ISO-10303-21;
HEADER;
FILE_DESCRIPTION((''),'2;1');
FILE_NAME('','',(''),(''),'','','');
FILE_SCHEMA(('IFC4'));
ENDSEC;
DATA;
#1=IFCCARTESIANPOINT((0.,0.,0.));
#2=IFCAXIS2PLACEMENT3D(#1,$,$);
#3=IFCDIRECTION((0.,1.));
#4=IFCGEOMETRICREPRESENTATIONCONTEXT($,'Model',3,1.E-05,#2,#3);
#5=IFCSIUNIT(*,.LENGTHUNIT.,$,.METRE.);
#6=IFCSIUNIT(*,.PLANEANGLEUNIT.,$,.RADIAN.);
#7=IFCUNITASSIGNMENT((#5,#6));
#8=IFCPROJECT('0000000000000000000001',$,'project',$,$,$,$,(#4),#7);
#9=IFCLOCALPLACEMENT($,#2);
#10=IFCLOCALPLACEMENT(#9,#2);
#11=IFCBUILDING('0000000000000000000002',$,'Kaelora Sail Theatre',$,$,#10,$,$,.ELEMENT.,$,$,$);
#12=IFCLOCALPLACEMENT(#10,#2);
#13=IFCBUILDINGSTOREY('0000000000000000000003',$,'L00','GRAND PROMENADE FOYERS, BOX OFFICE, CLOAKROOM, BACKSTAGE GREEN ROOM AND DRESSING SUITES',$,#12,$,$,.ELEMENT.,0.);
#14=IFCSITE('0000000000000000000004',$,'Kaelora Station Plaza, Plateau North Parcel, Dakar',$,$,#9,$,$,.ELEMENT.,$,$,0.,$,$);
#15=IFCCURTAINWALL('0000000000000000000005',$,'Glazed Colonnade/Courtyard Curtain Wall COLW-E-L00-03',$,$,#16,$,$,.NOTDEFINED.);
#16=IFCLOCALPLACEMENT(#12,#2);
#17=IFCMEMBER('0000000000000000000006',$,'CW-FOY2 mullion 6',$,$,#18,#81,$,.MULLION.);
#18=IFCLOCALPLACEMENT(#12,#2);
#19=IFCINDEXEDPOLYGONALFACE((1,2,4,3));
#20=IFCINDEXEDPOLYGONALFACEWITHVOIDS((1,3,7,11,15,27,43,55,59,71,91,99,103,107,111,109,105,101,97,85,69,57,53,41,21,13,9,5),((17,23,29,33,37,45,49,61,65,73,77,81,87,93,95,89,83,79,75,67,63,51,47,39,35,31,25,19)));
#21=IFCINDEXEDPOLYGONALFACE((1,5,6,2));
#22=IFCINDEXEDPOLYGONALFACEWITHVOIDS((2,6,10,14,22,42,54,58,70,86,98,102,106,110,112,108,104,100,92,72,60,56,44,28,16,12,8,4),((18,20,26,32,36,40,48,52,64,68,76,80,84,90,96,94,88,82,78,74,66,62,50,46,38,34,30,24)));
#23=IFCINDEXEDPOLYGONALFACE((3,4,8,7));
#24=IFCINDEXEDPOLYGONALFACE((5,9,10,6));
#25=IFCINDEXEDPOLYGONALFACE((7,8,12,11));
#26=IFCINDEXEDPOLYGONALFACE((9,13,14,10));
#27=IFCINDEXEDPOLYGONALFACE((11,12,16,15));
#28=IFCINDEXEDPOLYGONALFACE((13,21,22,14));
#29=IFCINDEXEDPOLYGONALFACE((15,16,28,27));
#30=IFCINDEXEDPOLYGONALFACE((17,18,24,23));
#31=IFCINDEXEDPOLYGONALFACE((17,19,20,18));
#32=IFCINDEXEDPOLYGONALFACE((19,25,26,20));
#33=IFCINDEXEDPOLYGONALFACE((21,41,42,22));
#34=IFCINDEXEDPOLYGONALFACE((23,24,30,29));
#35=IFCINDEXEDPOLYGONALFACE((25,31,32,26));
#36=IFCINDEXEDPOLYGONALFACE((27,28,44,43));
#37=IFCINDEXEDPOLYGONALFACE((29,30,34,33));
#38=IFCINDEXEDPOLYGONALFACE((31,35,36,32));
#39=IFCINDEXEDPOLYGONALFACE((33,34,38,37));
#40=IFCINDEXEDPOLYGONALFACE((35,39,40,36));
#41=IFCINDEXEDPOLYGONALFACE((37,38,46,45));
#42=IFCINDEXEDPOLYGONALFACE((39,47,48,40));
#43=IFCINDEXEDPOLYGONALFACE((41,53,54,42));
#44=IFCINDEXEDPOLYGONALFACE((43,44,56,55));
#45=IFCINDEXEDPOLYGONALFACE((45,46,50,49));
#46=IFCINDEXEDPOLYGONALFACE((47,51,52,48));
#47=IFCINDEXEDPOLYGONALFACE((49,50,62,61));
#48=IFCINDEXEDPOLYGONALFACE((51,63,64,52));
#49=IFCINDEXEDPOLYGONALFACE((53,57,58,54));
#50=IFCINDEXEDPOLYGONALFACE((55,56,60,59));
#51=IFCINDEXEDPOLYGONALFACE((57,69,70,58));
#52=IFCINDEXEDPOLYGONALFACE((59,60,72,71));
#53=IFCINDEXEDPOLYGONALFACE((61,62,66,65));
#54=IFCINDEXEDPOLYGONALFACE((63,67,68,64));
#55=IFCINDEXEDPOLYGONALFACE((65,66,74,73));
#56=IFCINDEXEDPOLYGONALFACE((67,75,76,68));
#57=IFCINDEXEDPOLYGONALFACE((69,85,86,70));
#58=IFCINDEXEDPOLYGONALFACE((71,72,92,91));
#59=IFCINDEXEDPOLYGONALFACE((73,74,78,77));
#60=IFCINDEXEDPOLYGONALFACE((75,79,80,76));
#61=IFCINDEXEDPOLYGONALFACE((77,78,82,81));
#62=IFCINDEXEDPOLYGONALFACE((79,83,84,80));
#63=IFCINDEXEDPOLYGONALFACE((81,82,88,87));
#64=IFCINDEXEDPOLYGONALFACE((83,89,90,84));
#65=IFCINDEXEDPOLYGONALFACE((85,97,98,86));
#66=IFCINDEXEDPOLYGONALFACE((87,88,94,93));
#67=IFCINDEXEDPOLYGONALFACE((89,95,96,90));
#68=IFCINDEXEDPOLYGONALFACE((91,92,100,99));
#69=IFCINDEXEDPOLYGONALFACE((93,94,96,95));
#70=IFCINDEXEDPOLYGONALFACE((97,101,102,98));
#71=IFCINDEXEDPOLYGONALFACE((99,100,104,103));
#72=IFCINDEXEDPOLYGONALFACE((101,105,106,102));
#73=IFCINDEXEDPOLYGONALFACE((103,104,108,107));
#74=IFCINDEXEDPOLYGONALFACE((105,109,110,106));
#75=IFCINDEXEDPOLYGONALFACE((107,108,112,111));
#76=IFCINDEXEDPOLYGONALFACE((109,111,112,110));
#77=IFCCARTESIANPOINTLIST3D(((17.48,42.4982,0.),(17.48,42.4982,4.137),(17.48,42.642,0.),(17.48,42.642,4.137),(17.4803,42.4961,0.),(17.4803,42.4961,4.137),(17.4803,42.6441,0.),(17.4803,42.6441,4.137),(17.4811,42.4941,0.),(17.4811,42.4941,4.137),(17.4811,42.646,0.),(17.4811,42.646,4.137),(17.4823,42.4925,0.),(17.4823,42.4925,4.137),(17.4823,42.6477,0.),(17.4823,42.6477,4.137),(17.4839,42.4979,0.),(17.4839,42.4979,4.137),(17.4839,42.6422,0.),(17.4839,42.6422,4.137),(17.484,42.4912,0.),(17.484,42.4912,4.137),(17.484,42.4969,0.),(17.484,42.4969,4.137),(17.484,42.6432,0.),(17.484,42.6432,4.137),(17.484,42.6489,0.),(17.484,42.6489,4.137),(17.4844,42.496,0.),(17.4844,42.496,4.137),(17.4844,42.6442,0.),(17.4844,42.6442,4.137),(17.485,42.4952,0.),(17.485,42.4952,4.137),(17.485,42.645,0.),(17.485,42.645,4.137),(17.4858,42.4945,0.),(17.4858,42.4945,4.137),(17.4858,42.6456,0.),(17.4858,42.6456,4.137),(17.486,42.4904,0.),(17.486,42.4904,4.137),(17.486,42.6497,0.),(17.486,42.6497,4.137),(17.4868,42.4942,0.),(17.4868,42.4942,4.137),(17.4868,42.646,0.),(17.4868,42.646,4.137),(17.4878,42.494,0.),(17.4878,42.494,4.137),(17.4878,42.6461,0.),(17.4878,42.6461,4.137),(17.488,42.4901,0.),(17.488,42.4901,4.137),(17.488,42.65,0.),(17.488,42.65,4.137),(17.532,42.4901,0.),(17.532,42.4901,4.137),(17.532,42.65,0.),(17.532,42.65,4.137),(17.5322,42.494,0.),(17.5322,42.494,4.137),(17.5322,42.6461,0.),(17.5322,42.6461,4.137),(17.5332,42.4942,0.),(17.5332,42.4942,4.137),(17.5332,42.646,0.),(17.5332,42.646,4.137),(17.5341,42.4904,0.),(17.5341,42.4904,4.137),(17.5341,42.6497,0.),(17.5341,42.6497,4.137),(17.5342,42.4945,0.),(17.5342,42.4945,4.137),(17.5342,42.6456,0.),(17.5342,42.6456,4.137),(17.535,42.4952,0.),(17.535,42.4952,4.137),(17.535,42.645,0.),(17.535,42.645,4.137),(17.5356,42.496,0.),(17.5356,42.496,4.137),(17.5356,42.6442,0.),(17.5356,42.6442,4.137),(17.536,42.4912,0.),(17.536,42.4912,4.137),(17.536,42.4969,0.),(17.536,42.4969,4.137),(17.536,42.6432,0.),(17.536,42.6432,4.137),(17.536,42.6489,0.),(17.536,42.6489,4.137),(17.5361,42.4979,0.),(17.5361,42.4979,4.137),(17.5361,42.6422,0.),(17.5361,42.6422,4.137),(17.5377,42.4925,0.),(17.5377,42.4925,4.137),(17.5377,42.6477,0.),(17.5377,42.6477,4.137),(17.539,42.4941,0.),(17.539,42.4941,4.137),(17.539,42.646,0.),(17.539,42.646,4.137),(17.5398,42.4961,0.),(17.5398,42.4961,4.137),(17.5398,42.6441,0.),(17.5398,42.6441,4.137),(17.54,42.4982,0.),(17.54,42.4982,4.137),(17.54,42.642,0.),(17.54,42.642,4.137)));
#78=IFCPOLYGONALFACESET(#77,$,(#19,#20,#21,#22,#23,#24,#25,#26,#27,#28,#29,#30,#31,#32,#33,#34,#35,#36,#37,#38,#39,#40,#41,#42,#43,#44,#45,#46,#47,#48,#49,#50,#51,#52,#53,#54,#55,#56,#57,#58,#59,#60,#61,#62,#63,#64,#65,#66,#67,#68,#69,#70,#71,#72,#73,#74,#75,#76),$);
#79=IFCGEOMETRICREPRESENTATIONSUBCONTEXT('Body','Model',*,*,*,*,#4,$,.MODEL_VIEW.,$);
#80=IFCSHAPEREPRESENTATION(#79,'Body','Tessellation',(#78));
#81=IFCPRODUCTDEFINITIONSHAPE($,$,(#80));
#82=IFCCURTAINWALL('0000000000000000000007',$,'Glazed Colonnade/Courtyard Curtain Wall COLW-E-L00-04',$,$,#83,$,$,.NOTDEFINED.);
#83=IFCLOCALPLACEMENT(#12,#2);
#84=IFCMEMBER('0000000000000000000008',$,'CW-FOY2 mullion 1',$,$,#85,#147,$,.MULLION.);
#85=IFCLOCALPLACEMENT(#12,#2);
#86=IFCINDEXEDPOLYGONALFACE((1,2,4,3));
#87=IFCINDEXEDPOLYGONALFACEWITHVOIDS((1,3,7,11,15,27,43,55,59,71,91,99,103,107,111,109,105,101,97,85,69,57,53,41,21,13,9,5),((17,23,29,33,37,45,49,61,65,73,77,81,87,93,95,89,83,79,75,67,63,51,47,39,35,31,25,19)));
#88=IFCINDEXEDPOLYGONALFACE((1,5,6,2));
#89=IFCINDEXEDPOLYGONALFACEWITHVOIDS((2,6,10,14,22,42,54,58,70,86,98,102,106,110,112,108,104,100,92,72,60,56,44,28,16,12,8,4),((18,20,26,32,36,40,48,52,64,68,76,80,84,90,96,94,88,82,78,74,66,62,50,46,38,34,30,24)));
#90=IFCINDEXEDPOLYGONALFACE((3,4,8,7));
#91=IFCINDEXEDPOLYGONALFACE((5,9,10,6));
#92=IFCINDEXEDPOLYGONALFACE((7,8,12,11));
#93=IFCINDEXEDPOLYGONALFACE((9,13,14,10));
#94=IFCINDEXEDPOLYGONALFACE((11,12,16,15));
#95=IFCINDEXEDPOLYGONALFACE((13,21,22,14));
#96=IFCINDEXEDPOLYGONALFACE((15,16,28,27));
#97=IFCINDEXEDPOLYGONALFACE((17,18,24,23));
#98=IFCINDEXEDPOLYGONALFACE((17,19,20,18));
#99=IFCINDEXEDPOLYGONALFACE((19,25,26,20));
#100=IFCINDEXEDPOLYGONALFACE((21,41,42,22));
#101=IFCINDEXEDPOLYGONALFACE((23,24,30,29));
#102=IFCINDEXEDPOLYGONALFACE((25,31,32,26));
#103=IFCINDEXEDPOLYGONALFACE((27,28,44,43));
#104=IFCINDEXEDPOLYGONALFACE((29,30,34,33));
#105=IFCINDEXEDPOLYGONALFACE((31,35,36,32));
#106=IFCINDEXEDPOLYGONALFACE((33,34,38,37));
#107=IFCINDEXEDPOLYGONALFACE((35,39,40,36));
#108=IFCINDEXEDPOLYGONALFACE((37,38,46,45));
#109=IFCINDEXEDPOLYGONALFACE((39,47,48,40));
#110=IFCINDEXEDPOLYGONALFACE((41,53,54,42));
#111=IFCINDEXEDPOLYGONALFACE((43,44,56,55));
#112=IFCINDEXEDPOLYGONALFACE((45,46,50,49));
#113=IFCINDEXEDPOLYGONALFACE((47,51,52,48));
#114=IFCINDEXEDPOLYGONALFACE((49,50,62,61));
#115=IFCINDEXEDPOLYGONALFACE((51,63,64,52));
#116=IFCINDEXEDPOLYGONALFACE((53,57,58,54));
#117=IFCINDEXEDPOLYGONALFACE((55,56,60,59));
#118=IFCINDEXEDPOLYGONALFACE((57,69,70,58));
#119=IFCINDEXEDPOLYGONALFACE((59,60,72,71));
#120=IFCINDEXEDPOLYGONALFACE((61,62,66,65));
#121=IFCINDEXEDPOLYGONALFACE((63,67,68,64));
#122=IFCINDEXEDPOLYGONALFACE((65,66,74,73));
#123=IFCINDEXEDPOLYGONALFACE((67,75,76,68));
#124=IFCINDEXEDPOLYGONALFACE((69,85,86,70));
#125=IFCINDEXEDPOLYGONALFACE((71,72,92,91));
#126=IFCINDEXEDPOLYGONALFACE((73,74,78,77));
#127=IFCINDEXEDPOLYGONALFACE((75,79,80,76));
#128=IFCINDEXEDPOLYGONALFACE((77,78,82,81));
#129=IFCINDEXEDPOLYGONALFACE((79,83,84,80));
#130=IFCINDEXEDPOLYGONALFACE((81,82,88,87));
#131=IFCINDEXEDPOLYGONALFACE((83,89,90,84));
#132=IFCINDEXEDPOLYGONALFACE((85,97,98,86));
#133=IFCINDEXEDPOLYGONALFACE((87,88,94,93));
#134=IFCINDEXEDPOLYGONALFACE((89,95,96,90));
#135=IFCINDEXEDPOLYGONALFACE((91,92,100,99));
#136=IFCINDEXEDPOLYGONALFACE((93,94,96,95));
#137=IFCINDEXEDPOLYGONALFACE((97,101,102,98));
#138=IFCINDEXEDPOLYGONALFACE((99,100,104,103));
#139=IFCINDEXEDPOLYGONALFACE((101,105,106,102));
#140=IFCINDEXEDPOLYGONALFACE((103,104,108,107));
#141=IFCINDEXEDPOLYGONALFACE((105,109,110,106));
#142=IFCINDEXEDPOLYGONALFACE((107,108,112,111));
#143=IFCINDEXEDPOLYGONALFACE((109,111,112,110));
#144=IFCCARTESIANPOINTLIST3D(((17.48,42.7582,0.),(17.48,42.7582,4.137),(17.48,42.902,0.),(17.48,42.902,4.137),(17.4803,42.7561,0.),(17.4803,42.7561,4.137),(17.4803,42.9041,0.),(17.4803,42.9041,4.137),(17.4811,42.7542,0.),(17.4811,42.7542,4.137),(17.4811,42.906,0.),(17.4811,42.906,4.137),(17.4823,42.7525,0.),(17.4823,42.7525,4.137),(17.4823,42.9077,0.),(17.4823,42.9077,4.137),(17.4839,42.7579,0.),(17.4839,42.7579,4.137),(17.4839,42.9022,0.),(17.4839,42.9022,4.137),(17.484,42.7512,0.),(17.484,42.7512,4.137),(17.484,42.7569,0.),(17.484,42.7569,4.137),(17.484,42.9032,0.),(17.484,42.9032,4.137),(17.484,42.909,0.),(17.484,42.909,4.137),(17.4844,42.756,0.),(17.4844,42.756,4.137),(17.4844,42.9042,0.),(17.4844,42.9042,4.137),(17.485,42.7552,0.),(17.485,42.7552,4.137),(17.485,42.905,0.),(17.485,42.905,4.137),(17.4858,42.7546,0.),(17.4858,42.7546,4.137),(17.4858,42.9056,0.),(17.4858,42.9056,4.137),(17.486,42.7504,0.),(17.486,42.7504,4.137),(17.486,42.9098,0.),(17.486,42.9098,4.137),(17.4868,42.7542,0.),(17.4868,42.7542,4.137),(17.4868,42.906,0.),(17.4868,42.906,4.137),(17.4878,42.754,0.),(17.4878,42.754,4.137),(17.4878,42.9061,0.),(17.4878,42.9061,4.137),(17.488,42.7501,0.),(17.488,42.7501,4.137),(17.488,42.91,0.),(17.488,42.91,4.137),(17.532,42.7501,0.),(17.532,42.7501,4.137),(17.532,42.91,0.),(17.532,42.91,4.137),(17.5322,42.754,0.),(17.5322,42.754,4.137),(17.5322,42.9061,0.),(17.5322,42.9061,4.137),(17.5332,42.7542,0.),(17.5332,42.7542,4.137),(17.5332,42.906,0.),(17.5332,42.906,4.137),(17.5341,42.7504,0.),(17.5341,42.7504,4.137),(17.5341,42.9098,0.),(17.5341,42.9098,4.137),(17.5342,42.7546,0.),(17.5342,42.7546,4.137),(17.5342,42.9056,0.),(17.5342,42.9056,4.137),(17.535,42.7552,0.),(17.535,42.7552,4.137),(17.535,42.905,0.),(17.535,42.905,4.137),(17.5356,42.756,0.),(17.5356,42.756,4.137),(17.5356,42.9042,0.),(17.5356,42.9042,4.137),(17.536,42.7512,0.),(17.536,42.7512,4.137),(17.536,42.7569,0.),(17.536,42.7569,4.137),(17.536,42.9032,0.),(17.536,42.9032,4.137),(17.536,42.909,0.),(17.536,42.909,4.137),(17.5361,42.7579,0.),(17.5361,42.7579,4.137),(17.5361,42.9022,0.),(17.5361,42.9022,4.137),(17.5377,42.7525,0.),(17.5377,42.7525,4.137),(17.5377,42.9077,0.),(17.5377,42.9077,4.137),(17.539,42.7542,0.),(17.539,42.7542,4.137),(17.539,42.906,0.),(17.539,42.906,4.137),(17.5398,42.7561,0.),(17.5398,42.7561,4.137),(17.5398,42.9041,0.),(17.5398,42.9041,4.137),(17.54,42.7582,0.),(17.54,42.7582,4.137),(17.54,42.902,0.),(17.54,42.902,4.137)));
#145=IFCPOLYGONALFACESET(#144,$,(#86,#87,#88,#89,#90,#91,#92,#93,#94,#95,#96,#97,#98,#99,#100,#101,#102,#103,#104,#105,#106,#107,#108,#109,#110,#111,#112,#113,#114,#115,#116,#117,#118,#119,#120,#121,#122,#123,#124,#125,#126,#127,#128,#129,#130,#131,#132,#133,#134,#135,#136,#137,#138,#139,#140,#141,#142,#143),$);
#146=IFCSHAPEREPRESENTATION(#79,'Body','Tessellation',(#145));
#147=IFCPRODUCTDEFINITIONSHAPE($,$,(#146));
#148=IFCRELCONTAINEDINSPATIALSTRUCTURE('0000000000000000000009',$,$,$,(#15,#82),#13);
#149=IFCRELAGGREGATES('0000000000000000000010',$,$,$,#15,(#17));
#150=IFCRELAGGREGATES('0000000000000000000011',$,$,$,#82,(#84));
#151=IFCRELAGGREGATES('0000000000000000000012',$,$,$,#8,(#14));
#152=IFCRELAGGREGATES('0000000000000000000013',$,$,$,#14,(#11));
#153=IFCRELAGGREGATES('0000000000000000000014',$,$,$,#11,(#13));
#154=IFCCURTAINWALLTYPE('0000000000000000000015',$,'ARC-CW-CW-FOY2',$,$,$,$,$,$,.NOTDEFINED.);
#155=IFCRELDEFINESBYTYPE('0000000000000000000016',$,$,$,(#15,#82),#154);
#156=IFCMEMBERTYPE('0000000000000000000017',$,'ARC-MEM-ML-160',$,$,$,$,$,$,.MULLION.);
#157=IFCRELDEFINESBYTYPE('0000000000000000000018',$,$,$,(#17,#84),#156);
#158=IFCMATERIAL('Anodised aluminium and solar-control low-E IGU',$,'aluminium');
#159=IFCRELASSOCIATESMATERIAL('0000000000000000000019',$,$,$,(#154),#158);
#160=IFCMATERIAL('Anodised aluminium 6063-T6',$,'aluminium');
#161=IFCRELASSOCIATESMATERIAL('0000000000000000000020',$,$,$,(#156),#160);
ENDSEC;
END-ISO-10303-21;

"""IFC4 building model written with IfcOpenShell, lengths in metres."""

from ifc_helpers import new_model, si_unit, direction, frame, origin, origin_2d, place, context, subcontext, project, spatial, hollow_rectangle, extrude, material, material_profile, profile_set, type_object, element, aggregate, save


model = new_model("IFC4")

# Units and contexts
model_context = context("Model", 3, precision=1e-05, world=origin(), true_north=direction((0.0, 1.0)))
body_context = subcontext(model_context, "Body", "Model", "MODEL_VIEW")
ifc_project = project(units=[si_unit("LENGTHUNIT", "METRE"), si_unit("PLANEANGLEUNIT", "RADIAN")], contexts=[model_context])

# Site, building, storey
site_placement = place(None, origin())
site = spatial("IfcSite", under=ifc_project, at=site_placement, Name="Kaelora Station Plaza, Plateau North Parcel, Dakar", CompositionType="ELEMENT", RefElevation=0.0)
building_placement = place(site_placement, origin())
building = spatial("IfcBuilding", under=site, at=building_placement, Name="Kaelora Sail Theatre", CompositionType="ELEMENT")
storey_placement = place(building_placement, origin())
storey = spatial("IfcBuildingStorey", under=building, at=storey_placement, Name="L00", Description="GRAND PROMENADE FOYERS, BOX OFFICE, CLOAKROOM, BACKSTAGE GREEN ROOM AND DRESSING SUITES", CompositionType="ELEMENT", Elevation=0.0)

# Curtain wall, member
ifc_material_1 = material(Name="Anodised aluminium and solar-control low-E IGU", Category="aluminium")
curtain_wall_type = type_object("IfcCurtainWallType", Name="ARC-CW-CW-FOY2", PredefinedType="NOTDEFINED", material=ifc_material_1)
curtain_wall_1_placement = place(storey_placement, origin())
curtain_wall_1 = element("IfcCurtainWall", 1, at=curtain_wall_1_placement, inside=storey, type_object=curtain_wall_type, Name="Glazed Colonnade/Courtyard Curtain Wall COLW-E-L00-03", PredefinedType="NOTDEFINED")
ifc_material_2 = material(Name="Anodised aluminium 6063-T6", Category="aluminium")
ifc_material_profile_1 = material_profile(ifc_material_2, hollow_rectangle(XDim=0.0601, YDim=0.1599, WallThickness=0.0039, InnerFilletRadius=0.0039, OuterFilletRadius=0.0081, at=origin_2d()), Name="ALU-MULL 60x160x4")
ifc_profile_set_1 = profile_set([ifc_material_profile_1], Name="Anodised aluminium 6063-T6")
member_type_1 = type_object("IfcMemberType", Name="ARC-MEM-ML-160", PredefinedType="MULLION", material=ifc_profile_set_1)
member_1_placement = place(storey_placement, frame((17.51, 42.5701, 0.0), z_axis=(0.0, 0.0, 1.0), x_axis=(-1.0, 0.0, 0.0)))
member_1 = element("IfcMember", 2, at=member_1_placement, type_object=member_type_1, Name="CW-FOY2 mullion 6", PredefinedType="MULLION", context=body_context, shape_type="SweptSolid", body=[
    extrude(hollow_rectangle(XDim=0.0601, YDim=0.1599, WallThickness=0.0039, InnerFilletRadius=0.0039, OuterFilletRadius=0.0081, at=origin_2d()), origin(), (0.0, 0.0, 1.0), 4.137),
])

# Curtain wall, member
curtain_wall_2_placement = place(storey_placement, origin())
curtain_wall_2 = element("IfcCurtainWall", 3, at=curtain_wall_2_placement, inside=storey, type_object=curtain_wall_type, Name="Glazed Colonnade/Courtyard Curtain Wall COLW-E-L00-04", PredefinedType="NOTDEFINED")
member_2_placement = place(storey_placement, frame((17.51, 42.8301, 0.0), z_axis=(0.0, 0.0, 1.0), x_axis=(-1.0, 0.0, 0.0)))
member_2 = element("IfcMember", 4, at=member_2_placement, type_object=member_type_1, Name="CW-FOY2 mullion 1", PredefinedType="MULLION", context=body_context, shape_type="SweptSolid", body=[
    extrude(hollow_rectangle(XDim=0.0601, YDim=0.1599, WallThickness=0.0039, InnerFilletRadius=0.0039, OuterFilletRadius=0.0081, at=origin_2d()), origin(), (0.0, 0.0, 1.0), 4.137),
])

aggregate(curtain_wall_1, [member_1])
aggregate(curtain_wall_2, [member_2])

save(model, "model.ifc")
